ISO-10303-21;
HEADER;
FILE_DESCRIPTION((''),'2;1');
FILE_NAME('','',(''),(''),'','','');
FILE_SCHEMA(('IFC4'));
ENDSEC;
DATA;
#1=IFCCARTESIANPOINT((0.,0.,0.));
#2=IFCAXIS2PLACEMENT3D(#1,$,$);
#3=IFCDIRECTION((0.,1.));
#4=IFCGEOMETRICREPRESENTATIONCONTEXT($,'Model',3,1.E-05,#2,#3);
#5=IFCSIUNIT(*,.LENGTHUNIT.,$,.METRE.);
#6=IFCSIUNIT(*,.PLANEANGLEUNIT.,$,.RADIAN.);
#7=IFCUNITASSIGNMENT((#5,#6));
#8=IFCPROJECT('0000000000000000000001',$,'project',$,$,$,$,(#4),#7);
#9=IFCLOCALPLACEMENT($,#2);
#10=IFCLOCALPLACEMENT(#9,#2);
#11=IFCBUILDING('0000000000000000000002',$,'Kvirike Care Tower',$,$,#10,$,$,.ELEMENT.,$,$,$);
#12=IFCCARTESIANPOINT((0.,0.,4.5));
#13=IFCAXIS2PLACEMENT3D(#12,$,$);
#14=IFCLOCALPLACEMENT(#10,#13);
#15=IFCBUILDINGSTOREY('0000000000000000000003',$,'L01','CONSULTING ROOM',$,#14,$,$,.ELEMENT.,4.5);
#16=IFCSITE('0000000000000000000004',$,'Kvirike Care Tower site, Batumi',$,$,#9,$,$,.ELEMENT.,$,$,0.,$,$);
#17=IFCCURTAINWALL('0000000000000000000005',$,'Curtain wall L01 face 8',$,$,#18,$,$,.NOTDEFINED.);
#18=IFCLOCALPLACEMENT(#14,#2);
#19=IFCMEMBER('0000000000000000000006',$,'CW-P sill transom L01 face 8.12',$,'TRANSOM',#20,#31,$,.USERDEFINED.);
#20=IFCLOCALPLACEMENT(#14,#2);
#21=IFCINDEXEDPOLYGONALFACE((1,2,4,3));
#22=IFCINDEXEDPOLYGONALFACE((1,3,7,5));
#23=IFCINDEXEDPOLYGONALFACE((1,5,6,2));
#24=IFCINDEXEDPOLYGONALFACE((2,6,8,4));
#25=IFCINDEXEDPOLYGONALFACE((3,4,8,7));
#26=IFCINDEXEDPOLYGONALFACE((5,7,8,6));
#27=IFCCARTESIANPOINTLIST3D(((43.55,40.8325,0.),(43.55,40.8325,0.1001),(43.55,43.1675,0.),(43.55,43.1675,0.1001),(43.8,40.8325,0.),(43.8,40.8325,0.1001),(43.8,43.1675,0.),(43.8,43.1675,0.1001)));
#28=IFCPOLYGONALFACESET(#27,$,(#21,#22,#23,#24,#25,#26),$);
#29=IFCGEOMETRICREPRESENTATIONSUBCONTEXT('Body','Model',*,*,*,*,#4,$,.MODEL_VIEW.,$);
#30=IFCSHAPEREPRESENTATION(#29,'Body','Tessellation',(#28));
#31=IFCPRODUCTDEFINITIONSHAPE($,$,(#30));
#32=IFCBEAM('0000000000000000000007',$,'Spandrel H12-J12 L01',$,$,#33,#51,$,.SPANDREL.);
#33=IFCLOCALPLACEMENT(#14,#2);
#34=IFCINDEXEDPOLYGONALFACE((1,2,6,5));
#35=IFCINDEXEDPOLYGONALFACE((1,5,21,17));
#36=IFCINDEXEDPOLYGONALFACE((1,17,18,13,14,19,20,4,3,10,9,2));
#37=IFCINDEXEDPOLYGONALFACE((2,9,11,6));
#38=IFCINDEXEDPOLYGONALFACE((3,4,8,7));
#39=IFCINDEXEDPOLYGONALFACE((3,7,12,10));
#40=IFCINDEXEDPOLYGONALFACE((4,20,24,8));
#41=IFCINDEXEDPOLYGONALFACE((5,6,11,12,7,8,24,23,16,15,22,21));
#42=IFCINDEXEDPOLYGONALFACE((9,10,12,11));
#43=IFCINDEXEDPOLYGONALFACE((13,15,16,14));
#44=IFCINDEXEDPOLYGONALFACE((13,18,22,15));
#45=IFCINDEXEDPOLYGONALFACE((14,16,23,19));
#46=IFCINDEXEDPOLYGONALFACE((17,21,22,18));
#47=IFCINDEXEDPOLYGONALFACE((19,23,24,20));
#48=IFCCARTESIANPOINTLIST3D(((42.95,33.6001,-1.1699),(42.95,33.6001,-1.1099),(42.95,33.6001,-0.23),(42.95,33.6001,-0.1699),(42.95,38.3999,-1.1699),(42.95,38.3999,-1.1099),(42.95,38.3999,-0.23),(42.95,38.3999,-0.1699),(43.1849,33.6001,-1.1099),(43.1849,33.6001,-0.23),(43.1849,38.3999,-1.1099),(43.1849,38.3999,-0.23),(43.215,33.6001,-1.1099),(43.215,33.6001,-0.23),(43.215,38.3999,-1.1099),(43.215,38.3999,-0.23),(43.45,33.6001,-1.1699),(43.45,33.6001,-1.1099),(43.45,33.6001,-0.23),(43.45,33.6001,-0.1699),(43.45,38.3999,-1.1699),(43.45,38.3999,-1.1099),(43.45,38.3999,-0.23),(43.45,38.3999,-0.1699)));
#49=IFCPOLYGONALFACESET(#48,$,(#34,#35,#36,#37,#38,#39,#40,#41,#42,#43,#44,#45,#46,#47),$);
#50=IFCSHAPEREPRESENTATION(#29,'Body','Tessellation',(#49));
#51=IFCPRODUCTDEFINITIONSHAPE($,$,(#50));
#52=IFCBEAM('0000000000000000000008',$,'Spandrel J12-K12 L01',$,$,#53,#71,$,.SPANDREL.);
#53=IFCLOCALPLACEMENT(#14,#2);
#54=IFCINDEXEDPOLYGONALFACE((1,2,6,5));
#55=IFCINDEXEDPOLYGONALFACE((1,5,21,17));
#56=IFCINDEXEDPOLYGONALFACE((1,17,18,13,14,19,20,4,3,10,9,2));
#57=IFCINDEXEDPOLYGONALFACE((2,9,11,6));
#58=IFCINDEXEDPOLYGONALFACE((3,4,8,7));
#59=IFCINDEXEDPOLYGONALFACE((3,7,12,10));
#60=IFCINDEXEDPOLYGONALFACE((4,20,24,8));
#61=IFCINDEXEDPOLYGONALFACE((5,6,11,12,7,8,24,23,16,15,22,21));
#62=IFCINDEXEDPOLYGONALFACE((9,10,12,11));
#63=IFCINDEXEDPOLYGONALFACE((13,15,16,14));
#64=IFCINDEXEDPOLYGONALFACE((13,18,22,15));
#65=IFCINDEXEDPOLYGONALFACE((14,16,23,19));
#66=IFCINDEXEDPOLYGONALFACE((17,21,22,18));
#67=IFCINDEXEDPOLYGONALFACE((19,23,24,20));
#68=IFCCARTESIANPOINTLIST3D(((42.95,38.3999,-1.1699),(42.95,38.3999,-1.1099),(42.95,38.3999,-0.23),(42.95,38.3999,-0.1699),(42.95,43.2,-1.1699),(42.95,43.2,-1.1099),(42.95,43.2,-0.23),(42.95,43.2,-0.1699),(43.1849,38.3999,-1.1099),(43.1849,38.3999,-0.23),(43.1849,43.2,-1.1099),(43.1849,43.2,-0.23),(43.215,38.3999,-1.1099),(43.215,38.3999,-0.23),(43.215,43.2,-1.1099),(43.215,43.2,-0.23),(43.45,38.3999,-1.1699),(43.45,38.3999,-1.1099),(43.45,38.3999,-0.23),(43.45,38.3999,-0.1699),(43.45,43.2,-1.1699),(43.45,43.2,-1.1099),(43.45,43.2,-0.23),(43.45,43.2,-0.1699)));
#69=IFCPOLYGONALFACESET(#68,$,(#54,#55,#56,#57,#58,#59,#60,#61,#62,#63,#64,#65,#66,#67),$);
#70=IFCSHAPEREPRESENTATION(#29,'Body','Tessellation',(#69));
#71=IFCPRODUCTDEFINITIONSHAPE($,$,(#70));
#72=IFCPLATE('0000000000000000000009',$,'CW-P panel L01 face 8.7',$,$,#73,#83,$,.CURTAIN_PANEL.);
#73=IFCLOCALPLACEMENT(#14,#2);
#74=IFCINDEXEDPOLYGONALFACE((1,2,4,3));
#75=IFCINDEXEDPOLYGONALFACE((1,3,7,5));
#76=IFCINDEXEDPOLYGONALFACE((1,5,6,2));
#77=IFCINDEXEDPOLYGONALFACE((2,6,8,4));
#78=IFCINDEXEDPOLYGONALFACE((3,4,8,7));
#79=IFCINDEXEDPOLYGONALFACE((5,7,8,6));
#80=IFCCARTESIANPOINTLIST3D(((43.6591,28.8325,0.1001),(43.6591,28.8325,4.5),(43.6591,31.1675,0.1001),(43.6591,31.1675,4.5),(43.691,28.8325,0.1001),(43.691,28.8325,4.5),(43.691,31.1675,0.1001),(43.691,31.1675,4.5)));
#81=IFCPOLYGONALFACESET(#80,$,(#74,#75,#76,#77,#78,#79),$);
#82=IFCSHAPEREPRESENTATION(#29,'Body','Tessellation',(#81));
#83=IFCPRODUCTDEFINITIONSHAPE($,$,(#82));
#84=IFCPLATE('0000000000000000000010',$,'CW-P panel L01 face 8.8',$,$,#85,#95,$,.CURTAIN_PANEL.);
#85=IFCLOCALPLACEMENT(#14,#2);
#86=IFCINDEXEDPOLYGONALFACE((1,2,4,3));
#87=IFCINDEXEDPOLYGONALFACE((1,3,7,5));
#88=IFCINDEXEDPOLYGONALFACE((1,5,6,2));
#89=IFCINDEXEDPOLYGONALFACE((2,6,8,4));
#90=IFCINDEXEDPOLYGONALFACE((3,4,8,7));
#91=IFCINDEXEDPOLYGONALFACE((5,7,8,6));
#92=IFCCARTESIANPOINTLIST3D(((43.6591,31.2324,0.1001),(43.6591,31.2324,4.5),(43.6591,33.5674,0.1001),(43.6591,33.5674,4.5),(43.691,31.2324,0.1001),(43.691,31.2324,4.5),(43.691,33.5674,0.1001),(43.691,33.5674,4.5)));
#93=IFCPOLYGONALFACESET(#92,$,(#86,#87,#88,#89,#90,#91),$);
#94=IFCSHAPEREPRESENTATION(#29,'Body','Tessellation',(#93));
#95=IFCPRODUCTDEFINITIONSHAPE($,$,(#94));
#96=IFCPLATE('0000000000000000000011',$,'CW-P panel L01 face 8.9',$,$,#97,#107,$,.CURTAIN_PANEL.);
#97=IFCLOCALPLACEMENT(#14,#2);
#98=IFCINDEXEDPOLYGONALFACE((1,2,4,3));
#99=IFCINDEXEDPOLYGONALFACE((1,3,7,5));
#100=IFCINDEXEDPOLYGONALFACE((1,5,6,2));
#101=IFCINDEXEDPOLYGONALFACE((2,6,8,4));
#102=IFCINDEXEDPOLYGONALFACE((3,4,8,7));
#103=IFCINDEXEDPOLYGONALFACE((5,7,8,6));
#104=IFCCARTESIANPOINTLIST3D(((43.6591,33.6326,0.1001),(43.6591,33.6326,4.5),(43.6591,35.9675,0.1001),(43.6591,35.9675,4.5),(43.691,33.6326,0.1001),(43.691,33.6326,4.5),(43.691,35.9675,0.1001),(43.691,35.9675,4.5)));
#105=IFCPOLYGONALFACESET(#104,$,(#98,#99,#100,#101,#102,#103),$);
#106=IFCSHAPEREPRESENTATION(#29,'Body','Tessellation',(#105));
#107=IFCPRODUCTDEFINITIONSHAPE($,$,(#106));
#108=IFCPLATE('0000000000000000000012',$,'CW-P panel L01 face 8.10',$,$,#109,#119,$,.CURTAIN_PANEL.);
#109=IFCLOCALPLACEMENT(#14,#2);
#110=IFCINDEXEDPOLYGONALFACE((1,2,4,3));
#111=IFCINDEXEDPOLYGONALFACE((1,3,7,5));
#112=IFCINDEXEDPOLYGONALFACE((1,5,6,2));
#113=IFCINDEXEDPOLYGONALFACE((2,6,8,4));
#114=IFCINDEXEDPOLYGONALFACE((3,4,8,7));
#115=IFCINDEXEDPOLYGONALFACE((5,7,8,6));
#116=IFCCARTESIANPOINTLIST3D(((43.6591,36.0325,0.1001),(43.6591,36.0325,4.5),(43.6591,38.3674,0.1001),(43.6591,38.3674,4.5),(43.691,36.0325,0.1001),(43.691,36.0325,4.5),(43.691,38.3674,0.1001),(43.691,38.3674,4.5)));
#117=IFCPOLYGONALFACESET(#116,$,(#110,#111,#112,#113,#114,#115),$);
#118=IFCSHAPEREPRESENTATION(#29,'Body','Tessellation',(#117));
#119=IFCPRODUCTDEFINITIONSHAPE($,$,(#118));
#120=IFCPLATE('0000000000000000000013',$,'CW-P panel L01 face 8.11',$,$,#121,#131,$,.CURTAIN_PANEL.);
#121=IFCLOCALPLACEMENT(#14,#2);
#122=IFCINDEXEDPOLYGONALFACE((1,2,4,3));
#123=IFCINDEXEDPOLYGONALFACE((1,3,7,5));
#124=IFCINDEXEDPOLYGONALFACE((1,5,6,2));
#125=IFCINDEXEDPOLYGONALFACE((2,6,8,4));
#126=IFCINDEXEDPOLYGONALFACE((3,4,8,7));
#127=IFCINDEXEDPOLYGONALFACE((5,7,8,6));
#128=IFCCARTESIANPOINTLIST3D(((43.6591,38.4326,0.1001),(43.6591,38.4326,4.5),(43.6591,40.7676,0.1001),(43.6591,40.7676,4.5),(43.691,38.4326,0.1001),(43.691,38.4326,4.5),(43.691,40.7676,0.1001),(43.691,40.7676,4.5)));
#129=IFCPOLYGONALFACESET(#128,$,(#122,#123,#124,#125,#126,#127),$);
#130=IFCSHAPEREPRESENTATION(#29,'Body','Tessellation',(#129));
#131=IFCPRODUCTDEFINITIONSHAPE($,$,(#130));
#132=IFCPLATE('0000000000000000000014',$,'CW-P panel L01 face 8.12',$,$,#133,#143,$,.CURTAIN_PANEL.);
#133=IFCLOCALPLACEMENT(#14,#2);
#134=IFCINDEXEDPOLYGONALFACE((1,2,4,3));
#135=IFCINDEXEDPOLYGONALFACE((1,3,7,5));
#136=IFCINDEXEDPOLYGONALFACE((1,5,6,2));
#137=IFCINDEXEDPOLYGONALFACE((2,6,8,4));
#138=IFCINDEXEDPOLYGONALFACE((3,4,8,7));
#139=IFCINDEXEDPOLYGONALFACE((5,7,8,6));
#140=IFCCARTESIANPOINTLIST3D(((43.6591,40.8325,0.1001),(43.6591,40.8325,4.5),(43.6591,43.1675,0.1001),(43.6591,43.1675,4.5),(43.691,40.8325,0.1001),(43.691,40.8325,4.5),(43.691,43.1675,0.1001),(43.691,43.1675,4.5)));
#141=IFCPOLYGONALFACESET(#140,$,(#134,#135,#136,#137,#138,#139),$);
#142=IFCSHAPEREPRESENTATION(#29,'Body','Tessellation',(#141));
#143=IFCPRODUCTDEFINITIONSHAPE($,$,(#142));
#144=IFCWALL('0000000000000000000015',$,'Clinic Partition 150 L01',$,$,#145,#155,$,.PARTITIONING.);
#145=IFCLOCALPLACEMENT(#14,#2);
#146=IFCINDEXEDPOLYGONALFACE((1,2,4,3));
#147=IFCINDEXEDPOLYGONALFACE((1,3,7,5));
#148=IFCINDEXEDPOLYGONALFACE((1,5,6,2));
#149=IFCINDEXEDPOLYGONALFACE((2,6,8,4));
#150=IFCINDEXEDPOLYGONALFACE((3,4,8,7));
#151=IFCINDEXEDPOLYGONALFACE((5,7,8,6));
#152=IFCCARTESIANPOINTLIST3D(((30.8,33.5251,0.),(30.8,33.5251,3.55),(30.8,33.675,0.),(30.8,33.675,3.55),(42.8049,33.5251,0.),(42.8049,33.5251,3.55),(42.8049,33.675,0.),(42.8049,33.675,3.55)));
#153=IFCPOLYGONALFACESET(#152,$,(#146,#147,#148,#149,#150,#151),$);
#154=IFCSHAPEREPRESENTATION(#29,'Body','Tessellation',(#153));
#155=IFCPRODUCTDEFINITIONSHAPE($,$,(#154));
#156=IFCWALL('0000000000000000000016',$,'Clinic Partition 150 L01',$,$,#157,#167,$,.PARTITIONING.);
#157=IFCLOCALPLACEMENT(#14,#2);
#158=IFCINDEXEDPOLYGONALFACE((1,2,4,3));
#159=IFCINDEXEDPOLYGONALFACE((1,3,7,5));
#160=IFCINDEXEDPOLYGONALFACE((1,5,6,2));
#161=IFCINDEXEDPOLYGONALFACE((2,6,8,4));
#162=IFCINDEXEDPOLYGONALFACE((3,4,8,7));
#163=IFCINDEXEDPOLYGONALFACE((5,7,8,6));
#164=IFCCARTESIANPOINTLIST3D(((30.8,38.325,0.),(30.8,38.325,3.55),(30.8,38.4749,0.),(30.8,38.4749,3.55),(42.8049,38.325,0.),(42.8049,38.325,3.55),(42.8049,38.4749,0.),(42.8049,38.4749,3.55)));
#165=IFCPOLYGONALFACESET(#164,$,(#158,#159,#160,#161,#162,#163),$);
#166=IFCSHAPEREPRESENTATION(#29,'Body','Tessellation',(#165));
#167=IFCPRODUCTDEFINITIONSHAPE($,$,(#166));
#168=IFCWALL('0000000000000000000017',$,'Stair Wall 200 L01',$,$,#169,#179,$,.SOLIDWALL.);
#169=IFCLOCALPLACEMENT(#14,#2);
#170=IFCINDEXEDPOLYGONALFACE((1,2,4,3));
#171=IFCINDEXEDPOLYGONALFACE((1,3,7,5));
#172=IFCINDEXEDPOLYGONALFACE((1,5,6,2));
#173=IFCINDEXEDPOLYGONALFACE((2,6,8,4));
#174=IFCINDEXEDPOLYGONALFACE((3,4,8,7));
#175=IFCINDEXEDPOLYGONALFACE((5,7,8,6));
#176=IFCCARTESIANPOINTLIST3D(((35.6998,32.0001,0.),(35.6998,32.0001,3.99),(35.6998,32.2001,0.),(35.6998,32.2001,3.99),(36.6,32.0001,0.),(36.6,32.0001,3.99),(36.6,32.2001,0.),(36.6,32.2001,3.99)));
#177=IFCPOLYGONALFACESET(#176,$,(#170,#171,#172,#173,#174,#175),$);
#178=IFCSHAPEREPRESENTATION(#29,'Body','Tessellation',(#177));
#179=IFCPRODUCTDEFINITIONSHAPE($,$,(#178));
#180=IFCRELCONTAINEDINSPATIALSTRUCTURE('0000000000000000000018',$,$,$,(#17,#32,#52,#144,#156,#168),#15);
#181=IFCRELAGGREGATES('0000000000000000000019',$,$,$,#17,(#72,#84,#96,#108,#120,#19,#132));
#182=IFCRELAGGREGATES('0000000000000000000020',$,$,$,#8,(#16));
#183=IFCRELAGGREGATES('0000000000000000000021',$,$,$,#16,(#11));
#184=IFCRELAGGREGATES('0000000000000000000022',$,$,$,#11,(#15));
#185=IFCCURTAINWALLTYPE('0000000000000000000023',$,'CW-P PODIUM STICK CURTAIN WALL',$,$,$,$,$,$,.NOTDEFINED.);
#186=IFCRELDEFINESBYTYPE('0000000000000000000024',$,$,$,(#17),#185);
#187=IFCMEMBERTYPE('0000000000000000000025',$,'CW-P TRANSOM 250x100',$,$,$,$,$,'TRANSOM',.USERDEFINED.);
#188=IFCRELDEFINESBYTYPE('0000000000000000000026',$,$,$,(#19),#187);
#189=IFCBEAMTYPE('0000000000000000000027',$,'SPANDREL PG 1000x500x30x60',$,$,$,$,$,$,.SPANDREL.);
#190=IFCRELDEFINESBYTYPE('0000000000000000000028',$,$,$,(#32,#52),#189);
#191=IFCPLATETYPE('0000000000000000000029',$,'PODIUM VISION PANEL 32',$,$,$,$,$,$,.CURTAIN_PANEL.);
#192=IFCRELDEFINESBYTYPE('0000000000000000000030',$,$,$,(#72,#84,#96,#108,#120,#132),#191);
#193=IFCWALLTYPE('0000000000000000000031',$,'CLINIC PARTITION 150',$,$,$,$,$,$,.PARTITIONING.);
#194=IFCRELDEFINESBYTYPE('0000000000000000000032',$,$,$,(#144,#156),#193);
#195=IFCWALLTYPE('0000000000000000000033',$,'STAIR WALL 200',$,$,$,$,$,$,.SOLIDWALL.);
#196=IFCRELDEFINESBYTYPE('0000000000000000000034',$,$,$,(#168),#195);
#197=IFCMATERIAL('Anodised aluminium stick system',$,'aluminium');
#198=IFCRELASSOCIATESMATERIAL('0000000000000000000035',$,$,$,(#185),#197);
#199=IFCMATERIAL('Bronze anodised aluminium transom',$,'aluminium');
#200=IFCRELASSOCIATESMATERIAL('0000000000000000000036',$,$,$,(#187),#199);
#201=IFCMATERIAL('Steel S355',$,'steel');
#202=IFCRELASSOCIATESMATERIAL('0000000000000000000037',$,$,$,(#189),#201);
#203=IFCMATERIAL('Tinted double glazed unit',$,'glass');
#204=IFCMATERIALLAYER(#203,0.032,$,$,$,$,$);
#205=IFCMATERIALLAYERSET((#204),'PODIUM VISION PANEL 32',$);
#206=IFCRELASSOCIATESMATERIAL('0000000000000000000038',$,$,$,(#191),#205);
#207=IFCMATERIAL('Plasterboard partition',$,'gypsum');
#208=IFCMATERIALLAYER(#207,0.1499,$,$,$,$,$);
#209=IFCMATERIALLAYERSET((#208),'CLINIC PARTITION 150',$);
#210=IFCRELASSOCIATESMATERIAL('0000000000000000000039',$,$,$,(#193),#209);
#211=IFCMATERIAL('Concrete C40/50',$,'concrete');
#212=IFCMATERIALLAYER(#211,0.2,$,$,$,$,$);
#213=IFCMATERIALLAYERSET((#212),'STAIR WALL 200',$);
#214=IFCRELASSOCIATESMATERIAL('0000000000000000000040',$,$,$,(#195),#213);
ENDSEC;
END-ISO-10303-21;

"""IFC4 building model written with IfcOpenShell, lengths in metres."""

from ifc_helpers import new_model, si_unit, direction, frame, frame_2d, origin, origin_2d, place, context, subcontext, project, spatial, rectangle, i_section, extrude, material, layer, layer_set, material_profile, profile_set, type_object, element, aggregate, save


model = new_model("IFC4")

# Units and contexts
model_context = context("Model", 3, precision=1e-05, world=origin(), true_north=direction((0.0, 1.0)))
body_context = subcontext(model_context, "Body", "Model", "MODEL_VIEW")
ifc_project = project(units=[si_unit("LENGTHUNIT", "METRE"), si_unit("PLANEANGLEUNIT", "RADIAN")], contexts=[model_context])

# Site, building, storey
site_placement = place(None, origin())
site = spatial("IfcSite", under=ifc_project, at=site_placement, Name="Kvirike Care Tower site, Batumi", CompositionType="ELEMENT", RefElevation=0.0)
building_placement = place(site_placement, origin())
building = spatial("IfcBuilding", under=site, at=building_placement, Name="Kvirike Care Tower", CompositionType="ELEMENT")
storey_placement = place(building_placement, frame((0.0, 0.0, 4.5)))
storey = spatial("IfcBuildingStorey", under=building, at=storey_placement, Name="L01", Description="CONSULTING ROOM", CompositionType="ELEMENT", Elevation=4.5)

# Curtain wall, member
ifc_material_1 = material(Name="Anodised aluminium stick system", Category="aluminium")
curtain_wall_type = type_object("IfcCurtainWallType", Name="CW-P PODIUM STICK CURTAIN WALL", PredefinedType="NOTDEFINED", material=ifc_material_1)
curtain_wall_placement = place(storey_placement, origin())
curtain_wall = element("IfcCurtainWall", 1, at=curtain_wall_placement, inside=storey, type_object=curtain_wall_type, Name="Curtain wall L01 face 8", PredefinedType="NOTDEFINED")
ifc_material_2 = material(Name="Bronze anodised aluminium transom", Category="aluminium")
ifc_material_profile_1 = material_profile(ifc_material_2, rectangle(XDim=0.25, YDim=0.1001, at=origin_2d()), Name="CW-P TRANSOM 250x100")
ifc_profile_set_1 = profile_set([ifc_material_profile_1], Name="Bronze anodised aluminium transom")
member_type_1 = type_object("IfcMemberType", Name="CW-P TRANSOM 250x100", ElementType="TRANSOM", PredefinedType="USERDEFINED", material=ifc_profile_set_1)
member_1_placement = place(storey_placement, frame((43.675, 40.8325, 0.05), z_axis=(0.0, 1.0, 0.0), x_axis=(-1.0, 0.0, 0.0)))
member_1 = element("IfcMember", 2, at=member_1_placement, type_object=member_type_1, Name="CW-P sill transom L01 face 8.12", ObjectType="TRANSOM", PredefinedType="USERDEFINED", context=body_context, shape_type="SweptSolid", body=[
    extrude(rectangle(XDim=0.25, YDim=0.1001, at=origin_2d()), origin(), (0.0, 0.0, 1.0), 2.335),
])

# Beams
ifc_material_3 = material(Name="Steel S355", Category="steel")
ifc_material_profile_2 = material_profile(ifc_material_3, i_section(OverallWidth=0.5, OverallDepth=1.0, WebThickness=0.03, FlangeThickness=0.0601, at=origin_2d()), Name="PG 1000x500x30x60")
ifc_profile_set_2 = profile_set([ifc_material_profile_2], Name="Steel S355")
beam_type = type_object("IfcBeamType", Name="SPANDREL PG 1000x500x30x60", PredefinedType="SPANDREL", material=ifc_profile_set_2)
beam_1_placement = place(storey_placement, frame((43.2, 33.6001, -0.6699), z_axis=(0.0, 1.0, 0.0), x_axis=(-1.0, 0.0, 0.0)))
element("IfcBeam", 3, at=beam_1_placement, inside=storey, type_object=beam_type, Name="Spandrel H12-J12 L01", PredefinedType="SPANDREL", context=body_context, shape_type="SweptSolid", body=[
    extrude(i_section(OverallWidth=0.5, OverallDepth=1.0, WebThickness=0.03, FlangeThickness=0.0601, at=origin_2d()), origin(), (0.0, 0.0, 1.0), 4.7998),
])
beam_2_placement = place(storey_placement, frame((43.2, 38.3999, -0.6699), z_axis=(0.0, 1.0, 0.0), x_axis=(-1.0, 0.0, 0.0)))
element("IfcBeam", 4, at=beam_2_placement, inside=storey, type_object=beam_type, Name="Spandrel J12-K12 L01", PredefinedType="SPANDREL", context=body_context, shape_type="SweptSolid", body=[
    extrude(i_section(OverallWidth=0.5, OverallDepth=1.0, WebThickness=0.03, FlangeThickness=0.0601, at=origin_2d()), origin(), (0.0, 0.0, 1.0), 4.8),
])

# Plates
ifc_material_4 = material(Name="Tinted double glazed unit", Category="glass")
ifc_layer_1 = layer(ifc_material_4, 0.032)
ifc_layer_set_1 = layer_set([ifc_layer_1], Name="PODIUM VISION PANEL 32")
plate_type = type_object("IfcPlateType", Name="PODIUM VISION PANEL 32", PredefinedType="CURTAIN_PANEL", material=ifc_layer_set_1)
plate_1_placement = place(storey_placement, frame((43.675, 30.0, 0.1001), z_axis=(0.0, 0.0, 1.0), x_axis=(0.0, 1.0, 0.0)))
plate_1 = element("IfcPlate", 5, at=plate_1_placement, type_object=plate_type, Name="CW-P panel L01 face 8.7", PredefinedType="CURTAIN_PANEL", context=body_context, shape_type="SweptSolid", body=[
    extrude(rectangle(XDim=2.335, YDim=0.032, at=origin_2d()), origin(), (0.0, 0.0, 1.0), 4.3999),
])
plate_2_placement = place(storey_placement, frame((43.675, 32.3999, 0.1001), z_axis=(0.0, 0.0, 1.0), x_axis=(0.0, 1.0, 0.0)))
plate_2 = element("IfcPlate", 6, at=plate_2_placement, type_object=plate_type, Name="CW-P panel L01 face 8.8", PredefinedType="CURTAIN_PANEL", context=body_context, shape_type="SweptSolid", body=[
    extrude(rectangle(XDim=2.335, YDim=0.032, at=origin_2d()), origin(), (0.0, 0.0, 1.0), 4.3999),
])
plate_3_placement = place(storey_placement, frame((43.675, 34.8, 0.1001), z_axis=(0.0, 0.0, 1.0), x_axis=(0.0, 1.0, 0.0)))
plate_3 = element("IfcPlate", 7, at=plate_3_placement, type_object=plate_type, Name="CW-P panel L01 face 8.9", PredefinedType="CURTAIN_PANEL", context=body_context, shape_type="SweptSolid", body=[
    extrude(rectangle(XDim=2.335, YDim=0.032, at=origin_2d()), origin(), (0.0, 0.0, 1.0), 4.3999),
])
plate_4_placement = place(storey_placement, frame((43.675, 37.2, 0.1001), z_axis=(0.0, 0.0, 1.0), x_axis=(0.0, 1.0, 0.0)))
plate_4 = element("IfcPlate", 8, at=plate_4_placement, type_object=plate_type, Name="CW-P panel L01 face 8.10", PredefinedType="CURTAIN_PANEL", context=body_context, shape_type="SweptSolid", body=[
    extrude(rectangle(XDim=2.335, YDim=0.032, at=origin_2d()), origin(), (0.0, 0.0, 1.0), 4.3999),
])
plate_5_placement = place(storey_placement, frame((43.675, 39.6001, 0.1001), z_axis=(0.0, 0.0, 1.0), x_axis=(0.0, 1.0, 0.0)))
plate_5 = element("IfcPlate", 9, at=plate_5_placement, type_object=plate_type, Name="CW-P panel L01 face 8.11", PredefinedType="CURTAIN_PANEL", context=body_context, shape_type="SweptSolid", body=[
    extrude(rectangle(XDim=2.335, YDim=0.032, at=origin_2d()), origin(), (0.0, 0.0, 1.0), 4.3999),
])
plate_6_placement = place(storey_placement, frame((43.675, 42.0, 0.1001), z_axis=(0.0, 0.0, 1.0), x_axis=(0.0, 1.0, 0.0)))
plate_6 = element("IfcPlate", 10, at=plate_6_placement, type_object=plate_type, Name="CW-P panel L01 face 8.12", PredefinedType="CURTAIN_PANEL", context=body_context, shape_type="SweptSolid", body=[
    extrude(rectangle(XDim=2.335, YDim=0.032, at=origin_2d()), origin(), (0.0, 0.0, 1.0), 4.3999),
])
aggregate(curtain_wall, [plate_1, plate_2, plate_3, plate_4, plate_5, member_1, plate_6])

# Walls
ifc_material_5 = material(Name="Plasterboard partition", Category="gypsum")
ifc_layer_2 = layer(ifc_material_5, 0.1499)
ifc_layer_set_2 = layer_set([ifc_layer_2], Name="CLINIC PARTITION 150")
wall_type_1 = type_object("IfcWallType", Name="CLINIC PARTITION 150", PredefinedType="PARTITIONING", material=ifc_layer_set_2)
for number, where, z_axis, x_axis, name in (
    (11, (42.8049, 33.6001, 0.0), (0.0, 0.0, 1.0), (-1.0, 0.0, 0.0), "Clinic Partition 150 L01"),
    (12, (42.8049, 38.3999, 0.0), (0.0, 0.0, 1.0), (-1.0, 0.0, 0.0), "Clinic Partition 150 L01"),
):
    element("IfcWall", number, at=place(storey_placement, frame(where, z_axis=z_axis, x_axis=x_axis)), inside=storey, type_object=wall_type_1, Name=name, PredefinedType="PARTITIONING", context=body_context, shape_type="SweptSolid", body=[
        extrude(rectangle(XDim=12.0049, YDim=0.1499, at=frame_2d((6.0024, 0.0))), origin(), (0.0, 0.0, 1.0), 3.55),
    ])
ifc_material_6 = material(Name="Concrete C40/50", Category="concrete")
ifc_layer_3 = layer(ifc_material_6, 0.2)
ifc_layer_set_3 = layer_set([ifc_layer_3], Name="STAIR WALL 200")
wall_type_2 = type_object("IfcWallType", Name="STAIR WALL 200", PredefinedType="SOLIDWALL", material=ifc_layer_set_3)
wall_placement = place(storey_placement, frame((36.6001, 32.1001, 0.0), z_axis=(0.0, 0.0, 1.0), x_axis=(-1.0, 0.0, 0.0)))
element("IfcWall", 13, at=wall_placement, inside=storey, type_object=wall_type_2, Name="Stair Wall 200 L01", PredefinedType="SOLIDWALL", context=body_context, shape_type="SweptSolid", body=[
    extrude(rectangle(XDim=0.9001, YDim=0.2, at=frame_2d((0.4502, 0.0))), origin(), (0.0, 0.0, 1.0), 3.99),
])

save(model, "model.ifc")
